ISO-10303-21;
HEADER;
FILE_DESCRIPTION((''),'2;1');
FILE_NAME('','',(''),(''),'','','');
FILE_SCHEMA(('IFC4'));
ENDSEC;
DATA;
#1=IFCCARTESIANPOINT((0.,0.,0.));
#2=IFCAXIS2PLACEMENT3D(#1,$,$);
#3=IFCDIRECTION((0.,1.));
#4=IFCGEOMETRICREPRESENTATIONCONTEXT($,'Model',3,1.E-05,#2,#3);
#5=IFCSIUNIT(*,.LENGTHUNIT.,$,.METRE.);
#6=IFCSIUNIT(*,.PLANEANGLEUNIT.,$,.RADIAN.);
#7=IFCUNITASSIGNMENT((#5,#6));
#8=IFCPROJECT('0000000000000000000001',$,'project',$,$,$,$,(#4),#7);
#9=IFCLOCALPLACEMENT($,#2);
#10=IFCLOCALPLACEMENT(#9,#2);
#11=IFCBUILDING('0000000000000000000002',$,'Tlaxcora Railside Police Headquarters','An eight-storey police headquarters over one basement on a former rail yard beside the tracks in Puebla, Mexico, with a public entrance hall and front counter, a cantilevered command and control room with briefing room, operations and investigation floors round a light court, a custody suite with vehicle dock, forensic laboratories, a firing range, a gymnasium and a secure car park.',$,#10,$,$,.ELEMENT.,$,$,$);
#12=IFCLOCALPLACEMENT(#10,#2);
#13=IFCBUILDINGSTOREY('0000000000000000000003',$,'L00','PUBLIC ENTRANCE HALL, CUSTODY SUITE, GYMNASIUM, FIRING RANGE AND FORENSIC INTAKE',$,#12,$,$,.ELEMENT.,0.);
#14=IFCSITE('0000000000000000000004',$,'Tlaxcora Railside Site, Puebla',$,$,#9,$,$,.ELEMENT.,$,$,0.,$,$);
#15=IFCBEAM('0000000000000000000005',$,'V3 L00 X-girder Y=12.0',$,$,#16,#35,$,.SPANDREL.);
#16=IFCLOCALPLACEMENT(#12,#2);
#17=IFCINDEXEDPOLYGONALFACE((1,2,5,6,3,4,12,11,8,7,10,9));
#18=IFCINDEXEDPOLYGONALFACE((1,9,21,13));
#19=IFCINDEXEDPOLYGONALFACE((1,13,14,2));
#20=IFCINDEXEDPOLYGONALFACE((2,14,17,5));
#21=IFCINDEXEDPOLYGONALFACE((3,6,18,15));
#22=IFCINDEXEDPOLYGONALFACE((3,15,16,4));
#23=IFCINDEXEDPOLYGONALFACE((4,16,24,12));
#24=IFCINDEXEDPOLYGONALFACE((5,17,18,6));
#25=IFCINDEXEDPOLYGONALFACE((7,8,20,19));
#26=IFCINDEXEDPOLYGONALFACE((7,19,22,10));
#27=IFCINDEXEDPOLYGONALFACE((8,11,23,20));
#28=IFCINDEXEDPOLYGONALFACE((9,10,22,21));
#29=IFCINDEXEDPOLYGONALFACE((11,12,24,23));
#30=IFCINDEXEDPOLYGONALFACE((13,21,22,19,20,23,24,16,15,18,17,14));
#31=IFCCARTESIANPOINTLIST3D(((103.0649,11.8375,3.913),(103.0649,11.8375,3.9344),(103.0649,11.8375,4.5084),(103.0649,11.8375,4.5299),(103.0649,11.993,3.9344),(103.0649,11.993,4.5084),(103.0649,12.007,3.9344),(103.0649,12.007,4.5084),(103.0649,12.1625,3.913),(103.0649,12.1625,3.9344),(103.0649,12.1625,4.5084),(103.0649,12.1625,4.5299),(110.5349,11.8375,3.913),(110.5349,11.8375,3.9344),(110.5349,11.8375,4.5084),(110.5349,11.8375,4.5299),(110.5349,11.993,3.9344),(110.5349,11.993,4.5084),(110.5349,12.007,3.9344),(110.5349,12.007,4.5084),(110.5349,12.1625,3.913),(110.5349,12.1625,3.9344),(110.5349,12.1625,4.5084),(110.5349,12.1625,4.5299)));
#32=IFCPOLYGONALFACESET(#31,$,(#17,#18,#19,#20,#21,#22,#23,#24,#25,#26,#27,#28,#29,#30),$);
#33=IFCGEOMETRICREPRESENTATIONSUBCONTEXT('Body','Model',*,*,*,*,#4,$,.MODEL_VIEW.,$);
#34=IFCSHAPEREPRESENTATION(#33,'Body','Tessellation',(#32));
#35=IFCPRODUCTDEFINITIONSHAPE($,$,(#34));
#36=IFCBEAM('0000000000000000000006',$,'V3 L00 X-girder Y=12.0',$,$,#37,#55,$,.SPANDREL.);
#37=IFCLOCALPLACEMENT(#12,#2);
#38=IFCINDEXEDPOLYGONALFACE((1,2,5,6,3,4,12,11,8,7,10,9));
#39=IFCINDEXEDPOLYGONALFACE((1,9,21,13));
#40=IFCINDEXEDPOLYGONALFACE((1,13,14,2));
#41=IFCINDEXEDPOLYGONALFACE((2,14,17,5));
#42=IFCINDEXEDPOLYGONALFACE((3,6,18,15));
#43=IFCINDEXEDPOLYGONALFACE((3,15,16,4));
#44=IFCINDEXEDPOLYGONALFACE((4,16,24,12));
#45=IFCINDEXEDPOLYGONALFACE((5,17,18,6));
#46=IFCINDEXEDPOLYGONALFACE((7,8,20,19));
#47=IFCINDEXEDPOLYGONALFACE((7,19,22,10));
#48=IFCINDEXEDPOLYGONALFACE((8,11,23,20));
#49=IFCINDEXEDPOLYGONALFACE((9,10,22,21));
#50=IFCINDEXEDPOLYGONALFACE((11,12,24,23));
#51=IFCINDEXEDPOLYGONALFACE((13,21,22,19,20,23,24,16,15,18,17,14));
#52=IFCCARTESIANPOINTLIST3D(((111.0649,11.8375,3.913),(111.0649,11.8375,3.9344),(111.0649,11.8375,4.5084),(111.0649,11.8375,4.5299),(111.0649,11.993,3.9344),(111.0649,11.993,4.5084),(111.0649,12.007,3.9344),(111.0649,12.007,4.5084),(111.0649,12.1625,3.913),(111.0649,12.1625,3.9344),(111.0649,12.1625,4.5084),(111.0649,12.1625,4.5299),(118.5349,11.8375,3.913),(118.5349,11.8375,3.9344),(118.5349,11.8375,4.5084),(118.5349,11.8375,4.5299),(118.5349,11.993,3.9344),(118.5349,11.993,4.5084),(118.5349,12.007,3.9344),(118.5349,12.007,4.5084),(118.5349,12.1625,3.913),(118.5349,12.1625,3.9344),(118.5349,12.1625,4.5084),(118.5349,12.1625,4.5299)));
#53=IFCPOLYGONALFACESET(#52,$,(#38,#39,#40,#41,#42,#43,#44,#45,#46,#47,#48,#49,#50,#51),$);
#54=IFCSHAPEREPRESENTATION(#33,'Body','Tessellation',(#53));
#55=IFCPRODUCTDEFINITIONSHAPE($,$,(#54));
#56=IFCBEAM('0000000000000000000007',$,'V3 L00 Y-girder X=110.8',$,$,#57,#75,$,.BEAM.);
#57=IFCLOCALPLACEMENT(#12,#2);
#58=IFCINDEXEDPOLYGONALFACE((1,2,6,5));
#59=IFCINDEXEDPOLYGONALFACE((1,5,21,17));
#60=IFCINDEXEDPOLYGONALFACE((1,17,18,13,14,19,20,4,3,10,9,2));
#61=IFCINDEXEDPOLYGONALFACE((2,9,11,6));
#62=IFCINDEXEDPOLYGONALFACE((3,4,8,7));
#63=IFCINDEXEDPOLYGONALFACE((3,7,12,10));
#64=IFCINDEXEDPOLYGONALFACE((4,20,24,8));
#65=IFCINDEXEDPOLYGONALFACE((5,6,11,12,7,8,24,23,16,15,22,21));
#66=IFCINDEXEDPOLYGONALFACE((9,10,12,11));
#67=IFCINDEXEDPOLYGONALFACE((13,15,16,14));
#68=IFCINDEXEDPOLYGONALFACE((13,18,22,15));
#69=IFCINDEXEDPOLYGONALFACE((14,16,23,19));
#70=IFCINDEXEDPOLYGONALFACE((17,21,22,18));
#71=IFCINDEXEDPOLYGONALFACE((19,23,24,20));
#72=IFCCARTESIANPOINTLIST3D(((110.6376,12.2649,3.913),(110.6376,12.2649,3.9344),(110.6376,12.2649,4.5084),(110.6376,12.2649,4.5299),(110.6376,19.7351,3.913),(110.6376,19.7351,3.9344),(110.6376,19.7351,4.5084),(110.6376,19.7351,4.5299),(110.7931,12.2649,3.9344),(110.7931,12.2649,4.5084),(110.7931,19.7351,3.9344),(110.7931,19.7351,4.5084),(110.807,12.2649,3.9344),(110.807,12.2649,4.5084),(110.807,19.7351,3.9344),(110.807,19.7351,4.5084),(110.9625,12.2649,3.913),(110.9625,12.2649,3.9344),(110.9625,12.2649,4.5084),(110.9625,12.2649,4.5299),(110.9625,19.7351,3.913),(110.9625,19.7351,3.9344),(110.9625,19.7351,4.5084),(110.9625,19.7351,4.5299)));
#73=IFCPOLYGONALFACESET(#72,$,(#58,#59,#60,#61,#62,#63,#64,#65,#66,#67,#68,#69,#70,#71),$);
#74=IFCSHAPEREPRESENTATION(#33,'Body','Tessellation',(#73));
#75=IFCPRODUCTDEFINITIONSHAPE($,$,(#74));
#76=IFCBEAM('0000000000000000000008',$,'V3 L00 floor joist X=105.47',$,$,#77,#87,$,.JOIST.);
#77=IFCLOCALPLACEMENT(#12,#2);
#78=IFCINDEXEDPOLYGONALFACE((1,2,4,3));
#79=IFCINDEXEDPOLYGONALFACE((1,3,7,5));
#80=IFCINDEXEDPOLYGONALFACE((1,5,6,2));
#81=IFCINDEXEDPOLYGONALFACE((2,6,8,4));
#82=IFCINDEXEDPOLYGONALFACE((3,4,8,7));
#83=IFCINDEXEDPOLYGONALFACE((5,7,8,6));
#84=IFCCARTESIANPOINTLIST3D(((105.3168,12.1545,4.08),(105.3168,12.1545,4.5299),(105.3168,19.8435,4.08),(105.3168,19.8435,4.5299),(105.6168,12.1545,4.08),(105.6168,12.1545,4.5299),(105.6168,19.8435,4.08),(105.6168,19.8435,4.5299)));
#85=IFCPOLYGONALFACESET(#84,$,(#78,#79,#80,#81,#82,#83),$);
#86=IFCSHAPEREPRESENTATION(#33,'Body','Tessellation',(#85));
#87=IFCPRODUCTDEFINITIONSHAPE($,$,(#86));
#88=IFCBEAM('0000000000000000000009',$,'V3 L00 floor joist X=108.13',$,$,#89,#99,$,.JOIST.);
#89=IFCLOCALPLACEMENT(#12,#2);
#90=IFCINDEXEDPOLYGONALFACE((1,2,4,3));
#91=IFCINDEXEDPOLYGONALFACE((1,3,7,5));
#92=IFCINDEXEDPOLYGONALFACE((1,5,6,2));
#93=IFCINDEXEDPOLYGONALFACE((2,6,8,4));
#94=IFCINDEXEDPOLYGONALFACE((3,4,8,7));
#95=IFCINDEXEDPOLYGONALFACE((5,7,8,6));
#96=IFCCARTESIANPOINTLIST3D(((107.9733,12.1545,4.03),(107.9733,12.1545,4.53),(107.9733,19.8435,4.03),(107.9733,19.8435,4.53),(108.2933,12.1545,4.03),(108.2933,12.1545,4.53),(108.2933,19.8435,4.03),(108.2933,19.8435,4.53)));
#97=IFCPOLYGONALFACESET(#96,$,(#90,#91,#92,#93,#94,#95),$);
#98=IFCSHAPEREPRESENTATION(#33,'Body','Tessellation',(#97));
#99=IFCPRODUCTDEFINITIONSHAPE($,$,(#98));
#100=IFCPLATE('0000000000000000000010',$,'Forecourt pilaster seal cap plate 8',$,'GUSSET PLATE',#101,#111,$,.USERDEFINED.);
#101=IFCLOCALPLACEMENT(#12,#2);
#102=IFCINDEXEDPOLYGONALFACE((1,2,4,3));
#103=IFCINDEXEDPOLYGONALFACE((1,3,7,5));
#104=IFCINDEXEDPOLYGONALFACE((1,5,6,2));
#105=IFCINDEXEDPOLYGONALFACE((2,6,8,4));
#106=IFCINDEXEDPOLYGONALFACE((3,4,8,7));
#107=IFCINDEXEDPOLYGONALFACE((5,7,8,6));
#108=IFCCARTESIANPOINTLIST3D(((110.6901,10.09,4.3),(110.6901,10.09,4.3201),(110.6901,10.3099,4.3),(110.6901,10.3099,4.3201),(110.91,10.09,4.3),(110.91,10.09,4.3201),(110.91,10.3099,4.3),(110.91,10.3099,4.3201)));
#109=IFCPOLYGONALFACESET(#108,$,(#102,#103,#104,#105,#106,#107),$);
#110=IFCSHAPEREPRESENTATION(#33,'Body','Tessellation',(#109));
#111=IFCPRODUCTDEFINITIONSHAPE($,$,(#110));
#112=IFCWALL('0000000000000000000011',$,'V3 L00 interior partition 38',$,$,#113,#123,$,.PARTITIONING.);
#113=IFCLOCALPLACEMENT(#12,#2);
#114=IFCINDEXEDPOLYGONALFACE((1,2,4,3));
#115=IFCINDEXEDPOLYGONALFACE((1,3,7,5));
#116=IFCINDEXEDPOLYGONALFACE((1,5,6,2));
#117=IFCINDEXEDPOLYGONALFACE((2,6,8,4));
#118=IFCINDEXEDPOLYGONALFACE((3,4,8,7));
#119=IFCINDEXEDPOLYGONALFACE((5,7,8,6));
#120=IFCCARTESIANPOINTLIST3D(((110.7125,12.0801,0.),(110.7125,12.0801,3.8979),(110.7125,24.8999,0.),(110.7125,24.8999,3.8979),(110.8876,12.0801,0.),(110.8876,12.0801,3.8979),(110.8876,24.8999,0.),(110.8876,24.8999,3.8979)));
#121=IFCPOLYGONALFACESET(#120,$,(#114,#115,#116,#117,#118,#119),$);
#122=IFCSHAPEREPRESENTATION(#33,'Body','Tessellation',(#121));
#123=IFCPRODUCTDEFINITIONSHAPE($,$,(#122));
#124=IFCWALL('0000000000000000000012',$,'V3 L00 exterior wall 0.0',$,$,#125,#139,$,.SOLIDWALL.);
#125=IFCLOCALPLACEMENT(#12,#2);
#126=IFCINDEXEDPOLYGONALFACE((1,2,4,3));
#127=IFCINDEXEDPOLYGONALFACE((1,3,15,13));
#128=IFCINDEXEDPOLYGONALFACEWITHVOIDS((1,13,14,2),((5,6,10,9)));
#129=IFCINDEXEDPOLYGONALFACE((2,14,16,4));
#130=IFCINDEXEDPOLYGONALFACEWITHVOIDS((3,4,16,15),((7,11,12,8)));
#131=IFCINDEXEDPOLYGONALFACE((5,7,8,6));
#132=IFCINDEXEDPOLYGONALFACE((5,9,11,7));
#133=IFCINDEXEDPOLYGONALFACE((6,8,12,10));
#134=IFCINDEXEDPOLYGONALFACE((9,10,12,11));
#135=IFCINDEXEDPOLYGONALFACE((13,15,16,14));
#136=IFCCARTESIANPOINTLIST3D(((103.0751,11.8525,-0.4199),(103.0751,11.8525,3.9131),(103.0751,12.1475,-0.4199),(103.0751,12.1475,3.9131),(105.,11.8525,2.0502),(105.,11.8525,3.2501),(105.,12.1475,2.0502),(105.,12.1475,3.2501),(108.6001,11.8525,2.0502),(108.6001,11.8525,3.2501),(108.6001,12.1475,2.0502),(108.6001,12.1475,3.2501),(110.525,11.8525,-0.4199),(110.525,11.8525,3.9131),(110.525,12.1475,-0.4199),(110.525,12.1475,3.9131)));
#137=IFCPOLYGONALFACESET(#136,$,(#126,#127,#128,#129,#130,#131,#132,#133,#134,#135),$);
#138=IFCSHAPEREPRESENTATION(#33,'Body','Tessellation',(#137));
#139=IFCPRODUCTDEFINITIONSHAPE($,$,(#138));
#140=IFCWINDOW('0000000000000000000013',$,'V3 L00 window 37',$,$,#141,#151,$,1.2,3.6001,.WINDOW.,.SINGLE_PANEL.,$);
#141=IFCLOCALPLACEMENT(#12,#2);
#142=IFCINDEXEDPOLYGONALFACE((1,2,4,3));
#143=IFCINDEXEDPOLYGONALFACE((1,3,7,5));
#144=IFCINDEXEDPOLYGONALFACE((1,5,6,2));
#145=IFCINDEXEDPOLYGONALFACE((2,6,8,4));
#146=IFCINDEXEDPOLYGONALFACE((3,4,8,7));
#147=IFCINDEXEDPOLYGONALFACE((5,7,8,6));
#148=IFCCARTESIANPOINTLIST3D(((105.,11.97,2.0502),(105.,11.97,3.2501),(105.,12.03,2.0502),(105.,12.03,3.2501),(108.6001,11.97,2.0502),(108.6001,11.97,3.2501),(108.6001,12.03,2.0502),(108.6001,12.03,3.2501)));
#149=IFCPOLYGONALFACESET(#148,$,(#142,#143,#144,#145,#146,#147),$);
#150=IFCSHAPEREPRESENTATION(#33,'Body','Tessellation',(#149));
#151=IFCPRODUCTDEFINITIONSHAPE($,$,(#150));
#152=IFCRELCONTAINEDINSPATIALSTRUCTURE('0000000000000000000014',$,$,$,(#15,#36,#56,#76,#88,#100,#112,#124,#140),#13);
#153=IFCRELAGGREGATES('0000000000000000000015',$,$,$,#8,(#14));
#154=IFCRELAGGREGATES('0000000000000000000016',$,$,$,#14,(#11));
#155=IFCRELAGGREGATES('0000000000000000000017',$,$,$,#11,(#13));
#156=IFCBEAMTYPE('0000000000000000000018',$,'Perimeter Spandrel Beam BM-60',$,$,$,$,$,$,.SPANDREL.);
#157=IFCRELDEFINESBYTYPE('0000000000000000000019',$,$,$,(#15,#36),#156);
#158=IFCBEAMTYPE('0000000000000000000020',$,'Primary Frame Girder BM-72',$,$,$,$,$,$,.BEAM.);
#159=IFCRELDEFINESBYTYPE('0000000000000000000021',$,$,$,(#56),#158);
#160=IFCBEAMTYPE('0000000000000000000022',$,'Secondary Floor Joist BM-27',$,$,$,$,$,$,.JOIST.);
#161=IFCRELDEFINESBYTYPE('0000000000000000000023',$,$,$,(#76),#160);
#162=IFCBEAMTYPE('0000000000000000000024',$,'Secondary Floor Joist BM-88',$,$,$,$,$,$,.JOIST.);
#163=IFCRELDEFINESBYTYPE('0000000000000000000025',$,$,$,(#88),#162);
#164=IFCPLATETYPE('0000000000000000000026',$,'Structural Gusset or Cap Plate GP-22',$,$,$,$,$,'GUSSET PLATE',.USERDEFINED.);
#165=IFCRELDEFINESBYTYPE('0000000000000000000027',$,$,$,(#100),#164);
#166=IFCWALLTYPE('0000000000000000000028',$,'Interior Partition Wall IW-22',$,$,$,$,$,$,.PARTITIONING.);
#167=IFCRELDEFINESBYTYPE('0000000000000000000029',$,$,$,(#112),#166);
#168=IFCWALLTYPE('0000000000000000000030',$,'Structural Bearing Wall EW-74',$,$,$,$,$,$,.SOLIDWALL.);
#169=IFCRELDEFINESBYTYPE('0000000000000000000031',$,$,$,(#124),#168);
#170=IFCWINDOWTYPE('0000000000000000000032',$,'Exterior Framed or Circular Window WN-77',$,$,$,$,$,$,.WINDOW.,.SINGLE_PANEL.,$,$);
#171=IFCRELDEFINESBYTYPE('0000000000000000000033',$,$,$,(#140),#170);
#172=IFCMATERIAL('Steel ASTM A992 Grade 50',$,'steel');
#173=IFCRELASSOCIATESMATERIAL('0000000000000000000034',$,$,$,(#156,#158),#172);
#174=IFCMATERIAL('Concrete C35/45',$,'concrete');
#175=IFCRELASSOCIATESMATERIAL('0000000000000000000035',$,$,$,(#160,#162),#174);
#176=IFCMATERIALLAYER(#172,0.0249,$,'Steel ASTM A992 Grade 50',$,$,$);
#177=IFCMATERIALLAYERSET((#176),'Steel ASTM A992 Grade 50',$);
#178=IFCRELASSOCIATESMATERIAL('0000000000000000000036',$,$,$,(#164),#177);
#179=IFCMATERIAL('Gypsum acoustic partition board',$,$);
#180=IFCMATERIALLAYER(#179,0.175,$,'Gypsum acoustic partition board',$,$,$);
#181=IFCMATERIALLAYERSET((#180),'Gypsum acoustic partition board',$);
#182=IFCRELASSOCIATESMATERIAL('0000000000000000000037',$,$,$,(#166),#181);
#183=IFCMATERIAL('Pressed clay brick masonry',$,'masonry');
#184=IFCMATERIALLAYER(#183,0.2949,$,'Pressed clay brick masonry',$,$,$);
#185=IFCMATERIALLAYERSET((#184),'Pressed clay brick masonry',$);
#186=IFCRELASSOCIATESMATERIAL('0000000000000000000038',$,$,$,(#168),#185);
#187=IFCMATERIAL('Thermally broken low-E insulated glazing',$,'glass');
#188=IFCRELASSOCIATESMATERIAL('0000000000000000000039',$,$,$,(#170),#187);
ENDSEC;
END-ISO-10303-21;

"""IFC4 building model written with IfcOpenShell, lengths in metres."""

from ifc_helpers import new_model, si_unit, direction, frame, frame_2d, origin, origin_2d, place, context, subcontext, project, spatial, rectangle, i_section, extrude, material, layer, layer_set, material_profile, profile_set, type_object, element, fill, save


model = new_model("IFC4")

# Units and contexts
model_context = context("Model", 3, precision=1e-05, world=origin(), true_north=direction((0.0, 1.0)))
body_context = subcontext(model_context, "Body", "Model", "MODEL_VIEW")
ifc_project = project(units=[si_unit("LENGTHUNIT", "METRE"), si_unit("PLANEANGLEUNIT", "RADIAN")], contexts=[model_context])

# Site, building, storey
site_placement = place(None, origin())
site = spatial("IfcSite", under=ifc_project, at=site_placement, Name="Tlaxcora Railside Site, Puebla", CompositionType="ELEMENT", RefElevation=0.0)
building_placement = place(site_placement, origin())
building = spatial("IfcBuilding", under=site, at=building_placement, Name="Tlaxcora Railside Police Headquarters", Description="An eight-storey police headquarters over one basement on a former rail yard beside the tracks in Puebla, Mexico, with a public entrance hall and front counter, a cantilevered command and control room with briefing room, operations and investigation floors round a light court, a custody suite with vehicle dock, forensic laboratories, a firing range, a gymnasium and a secure car park.", CompositionType="ELEMENT")
storey_placement = place(building_placement, origin())
storey = spatial("IfcBuildingStorey", under=building, at=storey_placement, Name="L00", Description="PUBLIC ENTRANCE HALL, CUSTODY SUITE, GYMNASIUM, FIRING RANGE AND FORENSIC INTAKE", CompositionType="ELEMENT", Elevation=0.0)

# Shared definitions
ifc_material_1 = material(Name="Concrete C35/45", Category="concrete")

# Shared definitions
ifc_material_2 = material(Name="Steel ASTM A992 Grade 50", Category="steel")

# Beams
ifc_material_profile_1 = material_profile(ifc_material_2, i_section(OverallWidth=0.325, OverallDepth=0.6169, WebThickness=0.0139, FlangeThickness=0.0215, at=origin_2d()), Name="W24X117")
ifc_profile_set_1 = profile_set([ifc_material_profile_1], Name="Steel ASTM A992 Grade 50")
beam_type_1 = type_object("IfcBeamType", Name="Perimeter Spandrel Beam BM-60", PredefinedType="SPANDREL", material=ifc_profile_set_1)
for number, where, z_axis, x_axis, name in (
    (1, (103.0649, 12.0, 4.2214), (1.0, 0.0, 0.0), (0.0, 1.0, 0.0), "V3 L00 X-girder Y=12.0"),
    (2, (111.0649, 12.0, 4.2214), (1.0, 0.0, 0.0), (0.0, 1.0, 0.0), "V3 L00 X-girder Y=12.0"),
):
    element("IfcBeam", number, at=place(storey_placement, frame(where, z_axis=z_axis, x_axis=x_axis)), inside=storey, type_object=beam_type_1, Name=name, PredefinedType="SPANDREL", context=body_context, shape_type="SweptSolid", body=[
        extrude(i_section(OverallWidth=0.325, OverallDepth=0.6169, WebThickness=0.0139, FlangeThickness=0.0215, at=origin_2d()), origin(), (0.0, 0.0, 1.0), 7.47),
    ])
ifc_material_profile_2 = material_profile(ifc_material_2, i_section(OverallWidth=0.325, OverallDepth=0.6169, WebThickness=0.0139, FlangeThickness=0.0215, at=origin_2d()), Name="W24X117")
ifc_profile_set_2 = profile_set([ifc_material_profile_2], Name="Steel ASTM A992 Grade 50")
beam_type_2 = type_object("IfcBeamType", Name="Primary Frame Girder BM-72", PredefinedType="BEAM", material=ifc_profile_set_2)
beam_1_placement = place(storey_placement, frame((110.8, 12.2649, 4.2214), z_axis=(0.0, 1.0, 0.0), x_axis=(-1.0, 0.0, 0.0)))
element("IfcBeam", 3, at=beam_1_placement, inside=storey, type_object=beam_type_2, Name="V3 L00 Y-girder X=110.8", PredefinedType="BEAM", context=body_context, shape_type="SweptSolid", body=[
    extrude(i_section(OverallWidth=0.325, OverallDepth=0.6169, WebThickness=0.0139, FlangeThickness=0.0215, at=origin_2d()), origin(), (0.0, 0.0, 1.0), 7.4702),
])
ifc_material_profile_3 = material_profile(ifc_material_1, rectangle(XDim=0.3, YDim=0.45, at=origin_2d()), Name="RC300X450")
ifc_profile_set_3 = profile_set([ifc_material_profile_3], Name="Concrete C35/45")
beam_type_3 = type_object("IfcBeamType", Name="Secondary Floor Joist BM-27", PredefinedType="JOIST", material=ifc_profile_set_3)
beam_2_placement = place(storey_placement, frame((105.4668, 12.1545, 4.3049), z_axis=(0.0, 1.0, 0.0), x_axis=(-1.0, 0.0, 0.0)))
element("IfcBeam", 4, at=beam_2_placement, inside=storey, type_object=beam_type_3, Name="V3 L00 floor joist X=105.47", PredefinedType="JOIST", context=body_context, shape_type="SweptSolid", body=[
    extrude(rectangle(XDim=0.3, YDim=0.45, at=origin_2d()), origin(), (0.0, 0.0, 1.0), 7.689),
])
ifc_material_profile_4 = material_profile(ifc_material_1, rectangle(XDim=0.3201, YDim=0.5, at=origin_2d()), Name="RC320X500")
ifc_profile_set_4 = profile_set([ifc_material_profile_4], Name="Concrete C35/45")
beam_type_4 = type_object("IfcBeamType", Name="Secondary Floor Joist BM-88", PredefinedType="JOIST", material=ifc_profile_set_4)
beam_3_placement = place(storey_placement, frame((108.1333, 12.1545, 4.28), z_axis=(0.0, 1.0, 0.0), x_axis=(-1.0, 0.0, 0.0)))
element("IfcBeam", 5, at=beam_3_placement, inside=storey, type_object=beam_type_4, Name="V3 L00 floor joist X=108.13", PredefinedType="JOIST", context=body_context, shape_type="SweptSolid", body=[
    extrude(rectangle(XDim=0.3201, YDim=0.5, at=origin_2d()), origin(), (0.0, 0.0, 1.0), 7.689),
])

# Plate
ifc_layer_1 = layer(ifc_material_2, 0.0249, Name="Steel ASTM A992 Grade 50")
ifc_layer_set_1 = layer_set([ifc_layer_1], Name="Steel ASTM A992 Grade 50")
plate_type = type_object("IfcPlateType", Name="Structural Gusset or Cap Plate GP-22", ElementType="GUSSET PLATE", PredefinedType="USERDEFINED", material=ifc_layer_set_1)
plate_placement = place(storey_placement, frame((110.8, 10.2, 4.3), z_axis=(0.0, 0.0, 1.0), x_axis=(1.0, 0.0, 0.0)))
element("IfcPlate", 6, at=plate_placement, inside=storey, type_object=plate_type, Name="Forecourt pilaster seal cap plate 8", ObjectType="GUSSET PLATE", PredefinedType="USERDEFINED", context=body_context, shape_type="SweptSolid", body=[
    extrude(rectangle(XDim=0.22, YDim=0.22, at=origin_2d()), origin(), (0.0, 0.0, 1.0), 0.02),
])

# Wall
ifc_material_3 = material(Name="Gypsum acoustic partition board")
ifc_layer_2 = layer(ifc_material_3, 0.175, Name="Gypsum acoustic partition board")
ifc_layer_set_2 = layer_set([ifc_layer_2], Name="Gypsum acoustic partition board")
wall_type_1 = type_object("IfcWallType", Name="Interior Partition Wall IW-22", PredefinedType="PARTITIONING", material=ifc_layer_set_2)
wall_1_placement = place(storey_placement, frame((110.8, 12.0801, 0.0), z_axis=(0.0, 0.0, 1.0), x_axis=(0.0, 1.0, 0.0)))
element("IfcWall", 7, at=wall_1_placement, inside=storey, type_object=wall_type_1, Name="V3 L00 interior partition 38", PredefinedType="PARTITIONING", context=body_context, shape_type="SweptSolid", body=[
    extrude(rectangle(XDim=12.8198, YDim=0.175, at=frame_2d((6.4099, 0.0))), origin(), (0.0, 0.0, 1.0), 3.8979),
])

# Wall, opening, window
ifc_material_4 = material(Name="Pressed clay brick masonry", Category="masonry")
ifc_layer_3 = layer(ifc_material_4, 0.2949, Name="Pressed clay brick masonry")
ifc_layer_set_3 = layer_set([ifc_layer_3], Name="Pressed clay brick masonry")
wall_type_2 = type_object("IfcWallType", Name="Structural Bearing Wall EW-74", PredefinedType="SOLIDWALL", material=ifc_layer_set_3)
wall_2_placement = place(storey_placement, frame((103.075, 12.0, -0.4199), z_axis=(0.0, 0.0, 1.0), x_axis=(1.0, 0.0, 0.0)))
wall_2 = element("IfcWall", 8, at=wall_2_placement, inside=storey, type_object=wall_type_2, Name="V3 L00 exterior wall 0.0", PredefinedType="SOLIDWALL", context=body_context, shape_type="SweptSolid", body=[
    extrude(rectangle(XDim=7.45, YDim=0.2949, at=frame_2d((3.7251, 0.0))), origin(), (0.0, 0.0, 1.0), 4.333),
])
opening_1_placement = place(wall_2_placement, frame((1.925, 0.0, 2.47)))
opening_1 = element("IfcOpeningElement", 9, at=opening_1_placement, cuts=wall_2, PredefinedType="OPENING", context=body_context, shape_type="SweptSolid", body=[
    extrude(rectangle(XDim=3.6001, YDim=1.2, at=frame_2d((1.8, 0.6001))), frame((0.0, 0.1575, 0.0), z_axis=(0.0, -1.0, 0.0), x_axis=(1.0, 0.0, 0.0)), (0.0, 0.0, 1.0), 0.3149),
])
ifc_material_5 = material(Name="Thermally broken low-E insulated glazing", Category="glass")
window_type = type_object("IfcWindowType", Name="Exterior Framed or Circular Window WN-77", PartitioningType="SINGLE_PANEL", PredefinedType="WINDOW", material=ifc_material_5)
window_1_placement = place(opening_1_placement, origin())
window_1 = element("IfcWindow", 10, at=window_1_placement, inside=storey, type_object=window_type, Name="V3 L00 window 37", OverallHeight=1.2, OverallWidth=3.6001, PartitioningType="SINGLE_PANEL", PredefinedType="WINDOW", context=body_context, shape_type="SweptSolid", body=[
    extrude(rectangle(XDim=3.6001, YDim=1.2, at=frame_2d((1.8, 0.6001))), frame((0.0, 0.03, 0.0), z_axis=(0.0, -1.0, 0.0), x_axis=(1.0, 0.0, 0.0)), (0.0, 0.0, 1.0), 0.0601),
])
fill(opening_1, window_1)

save(model, "model.ifc")
